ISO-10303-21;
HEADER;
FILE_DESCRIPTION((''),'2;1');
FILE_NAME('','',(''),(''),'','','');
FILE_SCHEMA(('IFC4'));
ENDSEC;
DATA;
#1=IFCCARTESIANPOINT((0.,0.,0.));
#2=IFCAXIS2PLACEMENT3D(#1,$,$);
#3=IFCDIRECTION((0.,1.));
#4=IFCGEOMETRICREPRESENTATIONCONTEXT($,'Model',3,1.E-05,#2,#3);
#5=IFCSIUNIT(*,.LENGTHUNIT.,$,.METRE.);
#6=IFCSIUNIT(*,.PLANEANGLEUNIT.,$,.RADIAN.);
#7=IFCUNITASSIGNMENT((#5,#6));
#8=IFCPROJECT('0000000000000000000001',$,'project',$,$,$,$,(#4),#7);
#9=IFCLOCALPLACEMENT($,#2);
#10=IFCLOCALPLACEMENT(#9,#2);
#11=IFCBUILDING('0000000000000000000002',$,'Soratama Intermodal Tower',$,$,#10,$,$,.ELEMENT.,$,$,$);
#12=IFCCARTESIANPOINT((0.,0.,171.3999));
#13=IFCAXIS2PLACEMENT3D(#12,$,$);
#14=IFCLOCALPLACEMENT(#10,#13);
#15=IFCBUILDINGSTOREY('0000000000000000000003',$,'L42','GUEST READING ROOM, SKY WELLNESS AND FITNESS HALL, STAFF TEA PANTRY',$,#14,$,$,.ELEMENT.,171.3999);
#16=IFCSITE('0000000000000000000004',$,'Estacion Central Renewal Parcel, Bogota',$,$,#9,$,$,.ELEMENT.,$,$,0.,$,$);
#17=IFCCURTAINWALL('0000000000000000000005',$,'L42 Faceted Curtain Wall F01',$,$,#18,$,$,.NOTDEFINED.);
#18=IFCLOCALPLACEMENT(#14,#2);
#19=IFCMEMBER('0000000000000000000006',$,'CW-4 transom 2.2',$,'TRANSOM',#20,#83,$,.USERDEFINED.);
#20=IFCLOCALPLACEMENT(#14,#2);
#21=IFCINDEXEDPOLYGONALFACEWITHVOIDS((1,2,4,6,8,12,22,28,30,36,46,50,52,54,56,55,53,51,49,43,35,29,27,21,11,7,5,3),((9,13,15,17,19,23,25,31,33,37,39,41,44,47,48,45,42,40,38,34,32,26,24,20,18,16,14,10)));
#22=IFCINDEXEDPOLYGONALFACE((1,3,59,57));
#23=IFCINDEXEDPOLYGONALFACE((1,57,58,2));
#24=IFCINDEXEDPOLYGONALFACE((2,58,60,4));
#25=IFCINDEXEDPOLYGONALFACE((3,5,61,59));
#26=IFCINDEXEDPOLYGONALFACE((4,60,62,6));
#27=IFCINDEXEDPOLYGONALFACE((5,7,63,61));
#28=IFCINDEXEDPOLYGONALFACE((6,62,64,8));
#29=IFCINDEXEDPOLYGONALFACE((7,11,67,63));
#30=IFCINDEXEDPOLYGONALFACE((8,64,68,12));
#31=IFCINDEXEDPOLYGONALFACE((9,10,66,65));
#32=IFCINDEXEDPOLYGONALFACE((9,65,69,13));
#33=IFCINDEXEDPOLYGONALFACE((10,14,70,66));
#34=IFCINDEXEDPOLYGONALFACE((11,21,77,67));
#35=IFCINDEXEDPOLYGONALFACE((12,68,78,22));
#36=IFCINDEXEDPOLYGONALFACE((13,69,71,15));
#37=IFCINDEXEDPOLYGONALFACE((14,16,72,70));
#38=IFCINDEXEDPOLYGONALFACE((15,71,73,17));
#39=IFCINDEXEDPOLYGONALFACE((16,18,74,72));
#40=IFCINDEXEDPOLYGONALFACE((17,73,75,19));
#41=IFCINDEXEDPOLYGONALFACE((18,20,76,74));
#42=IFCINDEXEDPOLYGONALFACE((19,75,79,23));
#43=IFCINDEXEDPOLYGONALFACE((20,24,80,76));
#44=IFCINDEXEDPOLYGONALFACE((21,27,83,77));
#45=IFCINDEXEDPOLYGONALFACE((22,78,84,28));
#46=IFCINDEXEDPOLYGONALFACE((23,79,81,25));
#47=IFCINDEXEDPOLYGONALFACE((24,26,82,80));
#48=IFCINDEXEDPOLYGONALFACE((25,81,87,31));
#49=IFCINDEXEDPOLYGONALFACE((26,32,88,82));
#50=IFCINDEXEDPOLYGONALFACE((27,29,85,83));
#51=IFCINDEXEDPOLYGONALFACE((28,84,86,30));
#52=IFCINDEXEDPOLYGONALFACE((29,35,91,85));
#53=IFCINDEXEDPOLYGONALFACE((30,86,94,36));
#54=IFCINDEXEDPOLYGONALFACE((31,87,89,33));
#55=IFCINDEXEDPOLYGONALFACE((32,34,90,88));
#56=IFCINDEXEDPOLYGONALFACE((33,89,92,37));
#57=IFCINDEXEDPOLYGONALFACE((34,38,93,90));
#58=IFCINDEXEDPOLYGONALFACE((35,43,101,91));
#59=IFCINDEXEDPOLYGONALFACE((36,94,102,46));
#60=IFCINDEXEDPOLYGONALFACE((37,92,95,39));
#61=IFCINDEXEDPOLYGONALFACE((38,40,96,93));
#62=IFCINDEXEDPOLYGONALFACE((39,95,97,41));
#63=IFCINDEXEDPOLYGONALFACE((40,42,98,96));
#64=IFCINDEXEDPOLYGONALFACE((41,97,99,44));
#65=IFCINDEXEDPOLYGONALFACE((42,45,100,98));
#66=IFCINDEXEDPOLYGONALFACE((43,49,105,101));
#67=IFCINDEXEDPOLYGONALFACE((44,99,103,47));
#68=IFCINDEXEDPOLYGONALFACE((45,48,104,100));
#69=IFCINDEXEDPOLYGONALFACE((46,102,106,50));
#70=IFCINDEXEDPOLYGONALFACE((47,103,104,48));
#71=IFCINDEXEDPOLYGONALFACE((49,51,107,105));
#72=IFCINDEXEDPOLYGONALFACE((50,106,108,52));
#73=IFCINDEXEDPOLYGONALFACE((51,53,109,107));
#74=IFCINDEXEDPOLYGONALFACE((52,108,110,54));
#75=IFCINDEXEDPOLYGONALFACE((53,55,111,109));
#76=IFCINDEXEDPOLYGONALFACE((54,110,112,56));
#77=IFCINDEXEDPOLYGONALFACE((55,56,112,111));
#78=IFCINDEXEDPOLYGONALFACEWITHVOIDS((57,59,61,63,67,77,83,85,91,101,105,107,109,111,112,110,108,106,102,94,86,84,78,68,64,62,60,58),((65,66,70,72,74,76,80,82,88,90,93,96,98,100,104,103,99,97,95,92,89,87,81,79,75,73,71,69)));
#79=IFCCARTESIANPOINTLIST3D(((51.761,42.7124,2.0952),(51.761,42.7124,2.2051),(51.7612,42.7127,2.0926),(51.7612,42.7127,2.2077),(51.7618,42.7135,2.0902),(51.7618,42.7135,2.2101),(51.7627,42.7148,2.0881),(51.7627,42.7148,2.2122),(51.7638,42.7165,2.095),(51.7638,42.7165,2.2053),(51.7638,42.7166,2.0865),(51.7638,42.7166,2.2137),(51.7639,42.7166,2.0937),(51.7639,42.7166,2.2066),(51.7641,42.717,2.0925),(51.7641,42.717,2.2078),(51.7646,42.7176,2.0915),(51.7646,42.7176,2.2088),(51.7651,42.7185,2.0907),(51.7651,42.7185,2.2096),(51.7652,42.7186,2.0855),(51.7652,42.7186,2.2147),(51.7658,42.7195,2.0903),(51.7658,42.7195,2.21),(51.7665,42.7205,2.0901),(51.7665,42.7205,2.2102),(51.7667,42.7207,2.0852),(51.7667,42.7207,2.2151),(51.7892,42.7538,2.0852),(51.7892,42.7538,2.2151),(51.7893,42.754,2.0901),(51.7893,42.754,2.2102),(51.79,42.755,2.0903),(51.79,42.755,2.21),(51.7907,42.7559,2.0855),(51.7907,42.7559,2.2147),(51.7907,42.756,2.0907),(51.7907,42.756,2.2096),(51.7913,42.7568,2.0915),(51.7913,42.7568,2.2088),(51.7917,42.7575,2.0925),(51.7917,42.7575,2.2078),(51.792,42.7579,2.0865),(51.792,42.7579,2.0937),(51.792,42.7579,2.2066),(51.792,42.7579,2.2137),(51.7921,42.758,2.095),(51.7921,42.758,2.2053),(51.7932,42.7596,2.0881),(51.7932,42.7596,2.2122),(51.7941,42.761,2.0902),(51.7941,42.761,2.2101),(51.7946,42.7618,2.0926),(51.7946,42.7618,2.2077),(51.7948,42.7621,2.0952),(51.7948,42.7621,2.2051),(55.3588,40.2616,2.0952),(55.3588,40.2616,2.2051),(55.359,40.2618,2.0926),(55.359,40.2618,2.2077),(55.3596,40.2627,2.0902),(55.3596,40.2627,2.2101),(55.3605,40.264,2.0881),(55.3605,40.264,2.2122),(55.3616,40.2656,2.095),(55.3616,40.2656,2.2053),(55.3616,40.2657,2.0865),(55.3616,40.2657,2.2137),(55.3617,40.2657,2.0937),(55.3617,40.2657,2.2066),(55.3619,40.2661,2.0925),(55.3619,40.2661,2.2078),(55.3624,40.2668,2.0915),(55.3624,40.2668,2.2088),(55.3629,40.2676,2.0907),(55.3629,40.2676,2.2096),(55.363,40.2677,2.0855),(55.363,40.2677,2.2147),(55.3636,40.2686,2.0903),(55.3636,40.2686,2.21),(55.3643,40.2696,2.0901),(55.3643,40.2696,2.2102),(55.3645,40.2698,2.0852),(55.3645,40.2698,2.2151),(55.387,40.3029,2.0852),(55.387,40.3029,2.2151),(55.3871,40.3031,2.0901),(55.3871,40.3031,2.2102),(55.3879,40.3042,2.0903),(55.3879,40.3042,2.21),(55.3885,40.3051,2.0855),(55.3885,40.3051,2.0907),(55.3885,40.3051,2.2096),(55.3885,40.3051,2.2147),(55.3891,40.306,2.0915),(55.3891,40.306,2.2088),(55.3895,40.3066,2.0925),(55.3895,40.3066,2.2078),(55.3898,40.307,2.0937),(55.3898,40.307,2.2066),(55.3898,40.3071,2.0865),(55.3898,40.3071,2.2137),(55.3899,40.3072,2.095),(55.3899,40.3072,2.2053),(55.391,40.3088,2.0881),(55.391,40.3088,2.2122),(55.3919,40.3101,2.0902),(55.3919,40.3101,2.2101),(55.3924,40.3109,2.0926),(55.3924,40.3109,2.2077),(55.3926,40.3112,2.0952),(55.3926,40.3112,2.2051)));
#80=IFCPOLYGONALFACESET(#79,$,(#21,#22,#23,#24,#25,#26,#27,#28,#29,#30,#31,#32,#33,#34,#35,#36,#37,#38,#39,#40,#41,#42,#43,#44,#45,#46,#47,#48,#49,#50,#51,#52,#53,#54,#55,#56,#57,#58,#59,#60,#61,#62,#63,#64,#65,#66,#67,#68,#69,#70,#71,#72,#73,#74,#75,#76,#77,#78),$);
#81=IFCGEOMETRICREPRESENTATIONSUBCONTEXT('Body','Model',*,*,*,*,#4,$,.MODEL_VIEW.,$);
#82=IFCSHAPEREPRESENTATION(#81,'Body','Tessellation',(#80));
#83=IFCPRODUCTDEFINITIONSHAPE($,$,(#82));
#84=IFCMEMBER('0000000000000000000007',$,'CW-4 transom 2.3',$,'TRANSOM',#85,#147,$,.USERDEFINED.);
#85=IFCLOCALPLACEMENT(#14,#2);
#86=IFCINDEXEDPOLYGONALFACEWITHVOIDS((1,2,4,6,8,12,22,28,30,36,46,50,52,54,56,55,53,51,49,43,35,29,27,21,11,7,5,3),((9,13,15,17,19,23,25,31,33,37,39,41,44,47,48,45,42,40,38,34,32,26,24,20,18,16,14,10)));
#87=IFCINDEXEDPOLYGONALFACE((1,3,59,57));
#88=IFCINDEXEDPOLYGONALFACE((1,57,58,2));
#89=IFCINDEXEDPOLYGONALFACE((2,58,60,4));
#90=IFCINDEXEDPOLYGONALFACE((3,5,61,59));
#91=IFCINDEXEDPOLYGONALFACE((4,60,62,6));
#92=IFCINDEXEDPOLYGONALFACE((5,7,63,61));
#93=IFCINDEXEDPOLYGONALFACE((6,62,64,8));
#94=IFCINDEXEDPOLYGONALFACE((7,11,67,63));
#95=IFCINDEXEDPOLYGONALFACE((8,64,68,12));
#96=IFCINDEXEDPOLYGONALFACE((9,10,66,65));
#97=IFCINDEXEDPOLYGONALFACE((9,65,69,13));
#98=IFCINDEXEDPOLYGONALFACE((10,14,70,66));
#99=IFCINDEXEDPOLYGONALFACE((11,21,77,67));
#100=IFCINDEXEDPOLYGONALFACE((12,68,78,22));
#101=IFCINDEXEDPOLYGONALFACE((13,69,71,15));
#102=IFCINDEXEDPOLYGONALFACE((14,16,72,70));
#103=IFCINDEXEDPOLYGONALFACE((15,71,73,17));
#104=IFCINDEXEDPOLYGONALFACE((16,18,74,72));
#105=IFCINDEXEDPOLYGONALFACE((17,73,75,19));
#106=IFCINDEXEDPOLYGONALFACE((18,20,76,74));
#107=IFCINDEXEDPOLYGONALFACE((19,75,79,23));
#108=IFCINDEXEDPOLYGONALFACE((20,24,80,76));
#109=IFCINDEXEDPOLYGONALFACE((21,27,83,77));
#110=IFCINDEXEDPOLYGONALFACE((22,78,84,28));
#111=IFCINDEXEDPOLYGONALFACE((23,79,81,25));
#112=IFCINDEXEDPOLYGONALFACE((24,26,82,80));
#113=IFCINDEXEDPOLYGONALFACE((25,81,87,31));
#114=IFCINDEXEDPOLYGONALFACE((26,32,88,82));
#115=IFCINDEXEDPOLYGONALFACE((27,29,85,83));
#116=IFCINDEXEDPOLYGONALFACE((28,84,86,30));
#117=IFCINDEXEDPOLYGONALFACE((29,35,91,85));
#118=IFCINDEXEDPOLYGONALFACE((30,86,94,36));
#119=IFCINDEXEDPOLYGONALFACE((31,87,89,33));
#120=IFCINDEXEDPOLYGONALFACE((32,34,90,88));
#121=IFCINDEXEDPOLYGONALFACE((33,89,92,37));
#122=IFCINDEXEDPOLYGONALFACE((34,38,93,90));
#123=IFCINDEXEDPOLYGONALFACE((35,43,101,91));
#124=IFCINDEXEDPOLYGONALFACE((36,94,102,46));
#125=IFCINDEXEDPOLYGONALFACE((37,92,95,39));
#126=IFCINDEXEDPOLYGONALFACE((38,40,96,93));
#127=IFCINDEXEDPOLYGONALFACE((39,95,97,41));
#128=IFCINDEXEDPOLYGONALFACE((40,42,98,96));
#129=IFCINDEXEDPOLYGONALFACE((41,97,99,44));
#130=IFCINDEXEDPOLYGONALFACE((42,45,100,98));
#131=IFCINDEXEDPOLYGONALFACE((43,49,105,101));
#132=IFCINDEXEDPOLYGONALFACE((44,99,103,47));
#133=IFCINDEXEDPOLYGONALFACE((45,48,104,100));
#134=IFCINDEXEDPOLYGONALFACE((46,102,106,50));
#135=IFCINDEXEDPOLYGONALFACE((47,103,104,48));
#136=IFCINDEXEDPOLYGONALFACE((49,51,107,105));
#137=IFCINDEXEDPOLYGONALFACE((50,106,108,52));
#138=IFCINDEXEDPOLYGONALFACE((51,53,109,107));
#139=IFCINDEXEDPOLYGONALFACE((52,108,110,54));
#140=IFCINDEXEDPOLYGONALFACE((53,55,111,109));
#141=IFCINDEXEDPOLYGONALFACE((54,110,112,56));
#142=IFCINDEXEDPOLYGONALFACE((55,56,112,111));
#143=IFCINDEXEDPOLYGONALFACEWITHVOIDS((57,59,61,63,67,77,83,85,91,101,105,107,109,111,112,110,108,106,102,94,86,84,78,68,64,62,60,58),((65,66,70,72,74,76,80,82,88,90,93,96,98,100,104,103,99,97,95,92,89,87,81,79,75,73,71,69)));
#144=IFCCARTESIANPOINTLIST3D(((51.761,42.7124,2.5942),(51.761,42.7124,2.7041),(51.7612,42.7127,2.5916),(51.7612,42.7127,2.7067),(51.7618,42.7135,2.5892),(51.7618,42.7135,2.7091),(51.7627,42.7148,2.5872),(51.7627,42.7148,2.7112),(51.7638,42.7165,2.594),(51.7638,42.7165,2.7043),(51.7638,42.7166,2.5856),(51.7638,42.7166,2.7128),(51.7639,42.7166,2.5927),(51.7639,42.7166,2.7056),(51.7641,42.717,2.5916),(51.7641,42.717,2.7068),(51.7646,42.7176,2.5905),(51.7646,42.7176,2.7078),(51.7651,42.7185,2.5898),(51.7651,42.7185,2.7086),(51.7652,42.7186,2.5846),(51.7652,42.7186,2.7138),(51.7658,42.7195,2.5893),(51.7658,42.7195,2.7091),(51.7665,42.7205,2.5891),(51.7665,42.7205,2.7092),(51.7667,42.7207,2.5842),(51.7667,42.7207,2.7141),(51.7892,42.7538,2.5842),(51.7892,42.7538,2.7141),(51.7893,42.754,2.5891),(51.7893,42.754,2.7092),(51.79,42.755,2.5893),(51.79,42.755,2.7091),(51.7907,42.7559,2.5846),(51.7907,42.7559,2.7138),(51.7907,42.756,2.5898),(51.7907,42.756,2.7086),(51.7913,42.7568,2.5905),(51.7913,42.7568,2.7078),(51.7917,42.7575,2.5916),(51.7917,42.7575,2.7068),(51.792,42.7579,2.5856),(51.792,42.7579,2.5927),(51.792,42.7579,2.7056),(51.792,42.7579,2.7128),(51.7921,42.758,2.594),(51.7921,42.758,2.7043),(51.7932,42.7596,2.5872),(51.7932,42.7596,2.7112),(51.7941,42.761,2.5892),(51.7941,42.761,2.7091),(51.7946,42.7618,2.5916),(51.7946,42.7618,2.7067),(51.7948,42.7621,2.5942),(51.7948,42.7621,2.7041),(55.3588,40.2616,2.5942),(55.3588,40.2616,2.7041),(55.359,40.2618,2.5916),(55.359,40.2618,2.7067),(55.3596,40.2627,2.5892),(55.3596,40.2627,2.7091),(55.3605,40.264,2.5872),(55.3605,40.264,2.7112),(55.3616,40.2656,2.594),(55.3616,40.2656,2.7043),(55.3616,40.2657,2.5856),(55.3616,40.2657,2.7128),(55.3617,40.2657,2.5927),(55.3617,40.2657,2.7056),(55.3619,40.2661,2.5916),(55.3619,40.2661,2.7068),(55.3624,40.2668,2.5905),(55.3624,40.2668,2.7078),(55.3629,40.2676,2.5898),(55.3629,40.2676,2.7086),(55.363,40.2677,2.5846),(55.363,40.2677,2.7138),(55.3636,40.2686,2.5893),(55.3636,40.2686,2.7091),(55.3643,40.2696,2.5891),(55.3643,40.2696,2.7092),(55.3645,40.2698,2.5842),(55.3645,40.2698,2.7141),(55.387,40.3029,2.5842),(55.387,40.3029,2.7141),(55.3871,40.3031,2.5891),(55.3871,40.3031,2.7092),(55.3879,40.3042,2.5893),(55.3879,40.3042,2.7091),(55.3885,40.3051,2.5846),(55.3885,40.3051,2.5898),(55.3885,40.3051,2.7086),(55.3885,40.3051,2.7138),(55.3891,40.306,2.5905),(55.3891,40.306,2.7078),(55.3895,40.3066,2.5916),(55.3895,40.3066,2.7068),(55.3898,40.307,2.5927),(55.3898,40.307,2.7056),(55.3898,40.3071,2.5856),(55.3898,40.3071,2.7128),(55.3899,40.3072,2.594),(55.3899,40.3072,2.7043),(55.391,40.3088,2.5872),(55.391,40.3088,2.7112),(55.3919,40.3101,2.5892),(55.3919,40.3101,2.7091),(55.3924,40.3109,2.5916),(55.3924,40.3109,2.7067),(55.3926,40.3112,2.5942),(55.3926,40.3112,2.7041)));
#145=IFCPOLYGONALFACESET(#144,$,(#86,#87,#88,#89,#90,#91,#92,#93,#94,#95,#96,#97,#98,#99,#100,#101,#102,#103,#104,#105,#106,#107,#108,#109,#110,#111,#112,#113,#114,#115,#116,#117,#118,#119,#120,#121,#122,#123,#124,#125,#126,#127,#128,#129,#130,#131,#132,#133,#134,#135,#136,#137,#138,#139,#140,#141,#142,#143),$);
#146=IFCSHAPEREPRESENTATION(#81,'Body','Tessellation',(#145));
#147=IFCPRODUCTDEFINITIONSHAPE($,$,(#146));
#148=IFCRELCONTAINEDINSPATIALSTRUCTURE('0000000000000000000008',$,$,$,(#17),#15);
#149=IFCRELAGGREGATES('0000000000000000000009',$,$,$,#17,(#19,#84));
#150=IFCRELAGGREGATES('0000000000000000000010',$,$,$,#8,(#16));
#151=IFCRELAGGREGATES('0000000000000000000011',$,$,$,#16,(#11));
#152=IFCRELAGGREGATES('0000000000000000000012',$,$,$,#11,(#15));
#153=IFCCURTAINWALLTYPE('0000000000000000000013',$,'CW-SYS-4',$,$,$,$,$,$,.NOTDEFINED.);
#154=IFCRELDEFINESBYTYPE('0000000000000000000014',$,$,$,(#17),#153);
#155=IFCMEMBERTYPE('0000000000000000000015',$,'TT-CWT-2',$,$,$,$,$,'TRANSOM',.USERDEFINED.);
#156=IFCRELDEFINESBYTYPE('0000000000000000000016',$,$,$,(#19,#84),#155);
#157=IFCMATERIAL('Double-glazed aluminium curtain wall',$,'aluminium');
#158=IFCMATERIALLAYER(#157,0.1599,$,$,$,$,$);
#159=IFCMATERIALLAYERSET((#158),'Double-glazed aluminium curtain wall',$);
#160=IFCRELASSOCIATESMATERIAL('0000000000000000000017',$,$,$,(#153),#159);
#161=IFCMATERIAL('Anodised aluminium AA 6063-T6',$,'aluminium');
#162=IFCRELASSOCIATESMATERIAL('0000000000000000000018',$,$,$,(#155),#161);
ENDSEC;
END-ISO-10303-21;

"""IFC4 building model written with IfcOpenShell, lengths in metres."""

from ifc_helpers import new_model, si_unit, direction, frame, origin, origin_2d, place, context, subcontext, project, spatial, hollow_rectangle, extrude, material, layer, layer_set, material_profile, profile_set, type_object, element, aggregate, save


model = new_model("IFC4")

# Units and contexts
model_context = context("Model", 3, precision=1e-05, world=origin(), true_north=direction((0.0, 1.0)))
body_context = subcontext(model_context, "Body", "Model", "MODEL_VIEW")
ifc_project = project(units=[si_unit("LENGTHUNIT", "METRE"), si_unit("PLANEANGLEUNIT", "RADIAN")], contexts=[model_context])

# Site, building, storey
site_placement = place(None, origin())
site = spatial("IfcSite", under=ifc_project, at=site_placement, Name="Estacion Central Renewal Parcel, Bogota", CompositionType="ELEMENT", RefElevation=0.0)
building_placement = place(site_placement, origin())
building = spatial("IfcBuilding", under=site, at=building_placement, Name="Soratama Intermodal Tower", CompositionType="ELEMENT")
storey_placement = place(building_placement, frame((0.0, 0.0, 171.3999)))
storey = spatial("IfcBuildingStorey", under=building, at=storey_placement, Name="L42", Description="GUEST READING ROOM, SKY WELLNESS AND FITNESS HALL, STAFF TEA PANTRY", CompositionType="ELEMENT", Elevation=171.3999)

# Curtain wall
ifc_material_1 = material(Name="Double-glazed aluminium curtain wall", Category="aluminium")
ifc_layer_1 = layer(ifc_material_1, 0.1599)
ifc_layer_set_1 = layer_set([ifc_layer_1], Name="Double-glazed aluminium curtain wall")
curtain_wall_type = type_object("IfcCurtainWallType", Name="CW-SYS-4", PredefinedType="NOTDEFINED", material=ifc_layer_set_1)
curtain_wall_1_placement = place(storey_placement, origin())
curtain_wall_1 = element("IfcCurtainWall", 1, at=curtain_wall_1_placement, inside=storey, type_object=curtain_wall_type, Name="L42 Faceted Curtain Wall F01", PredefinedType="NOTDEFINED")

# Members
ifc_material_2 = material(Name="Anodised aluminium AA 6063-T6", Category="aluminium")
ifc_material_profile_1 = material_profile(ifc_material_2, hollow_rectangle(XDim=0.0601, YDim=0.1299, WallThickness=0.0049, InnerFilletRadius=0.0049, OuterFilletRadius=0.01, at=origin_2d()), Name="CWT130X60X5")
ifc_profile_set_1 = profile_set([ifc_material_profile_1], Name="Anodised aluminium AA 6063-T6")
member_type_1 = type_object("IfcMemberType", Name="TT-CWT-2", ElementType="TRANSOM", PredefinedType="USERDEFINED", material=ifc_profile_set_1)
member_1_placement = place(storey_placement, frame((55.3757, 40.2864, 2.1501), z_axis=(-0.826461, 0.562994, 0.0), x_axis=(-0.562994, -0.826461, 0.0)))
member_1 = element("IfcMember", 2, at=member_1_placement, type_object=member_type_1, Name="CW-4 transom 2.2", ObjectType="TRANSOM", PredefinedType="USERDEFINED", context=body_context, shape_type="SweptSolid", body=[
    extrude(hollow_rectangle(XDim=0.0601, YDim=0.1299, WallThickness=0.0049, InnerFilletRadius=0.0049, OuterFilletRadius=0.01, at=origin_2d()), origin(), (0.0, 0.0, 1.0), 4.3533),
])
member_2_placement = place(storey_placement, frame((55.3757, 40.2864, 2.6492), z_axis=(-0.826461, 0.562994, 0.0), x_axis=(-0.562994, -0.826461, 0.0)))
member_2 = element("IfcMember", 3, at=member_2_placement, type_object=member_type_1, Name="CW-4 transom 2.3", ObjectType="TRANSOM", PredefinedType="USERDEFINED", context=body_context, shape_type="SweptSolid", body=[
    extrude(hollow_rectangle(XDim=0.0601, YDim=0.1299, WallThickness=0.0049, InnerFilletRadius=0.0049, OuterFilletRadius=0.01, at=origin_2d()), origin(), (0.0, 0.0, 1.0), 4.3533),
])

aggregate(curtain_wall_1, [member_1, member_2])

save(model, "model.ifc")
